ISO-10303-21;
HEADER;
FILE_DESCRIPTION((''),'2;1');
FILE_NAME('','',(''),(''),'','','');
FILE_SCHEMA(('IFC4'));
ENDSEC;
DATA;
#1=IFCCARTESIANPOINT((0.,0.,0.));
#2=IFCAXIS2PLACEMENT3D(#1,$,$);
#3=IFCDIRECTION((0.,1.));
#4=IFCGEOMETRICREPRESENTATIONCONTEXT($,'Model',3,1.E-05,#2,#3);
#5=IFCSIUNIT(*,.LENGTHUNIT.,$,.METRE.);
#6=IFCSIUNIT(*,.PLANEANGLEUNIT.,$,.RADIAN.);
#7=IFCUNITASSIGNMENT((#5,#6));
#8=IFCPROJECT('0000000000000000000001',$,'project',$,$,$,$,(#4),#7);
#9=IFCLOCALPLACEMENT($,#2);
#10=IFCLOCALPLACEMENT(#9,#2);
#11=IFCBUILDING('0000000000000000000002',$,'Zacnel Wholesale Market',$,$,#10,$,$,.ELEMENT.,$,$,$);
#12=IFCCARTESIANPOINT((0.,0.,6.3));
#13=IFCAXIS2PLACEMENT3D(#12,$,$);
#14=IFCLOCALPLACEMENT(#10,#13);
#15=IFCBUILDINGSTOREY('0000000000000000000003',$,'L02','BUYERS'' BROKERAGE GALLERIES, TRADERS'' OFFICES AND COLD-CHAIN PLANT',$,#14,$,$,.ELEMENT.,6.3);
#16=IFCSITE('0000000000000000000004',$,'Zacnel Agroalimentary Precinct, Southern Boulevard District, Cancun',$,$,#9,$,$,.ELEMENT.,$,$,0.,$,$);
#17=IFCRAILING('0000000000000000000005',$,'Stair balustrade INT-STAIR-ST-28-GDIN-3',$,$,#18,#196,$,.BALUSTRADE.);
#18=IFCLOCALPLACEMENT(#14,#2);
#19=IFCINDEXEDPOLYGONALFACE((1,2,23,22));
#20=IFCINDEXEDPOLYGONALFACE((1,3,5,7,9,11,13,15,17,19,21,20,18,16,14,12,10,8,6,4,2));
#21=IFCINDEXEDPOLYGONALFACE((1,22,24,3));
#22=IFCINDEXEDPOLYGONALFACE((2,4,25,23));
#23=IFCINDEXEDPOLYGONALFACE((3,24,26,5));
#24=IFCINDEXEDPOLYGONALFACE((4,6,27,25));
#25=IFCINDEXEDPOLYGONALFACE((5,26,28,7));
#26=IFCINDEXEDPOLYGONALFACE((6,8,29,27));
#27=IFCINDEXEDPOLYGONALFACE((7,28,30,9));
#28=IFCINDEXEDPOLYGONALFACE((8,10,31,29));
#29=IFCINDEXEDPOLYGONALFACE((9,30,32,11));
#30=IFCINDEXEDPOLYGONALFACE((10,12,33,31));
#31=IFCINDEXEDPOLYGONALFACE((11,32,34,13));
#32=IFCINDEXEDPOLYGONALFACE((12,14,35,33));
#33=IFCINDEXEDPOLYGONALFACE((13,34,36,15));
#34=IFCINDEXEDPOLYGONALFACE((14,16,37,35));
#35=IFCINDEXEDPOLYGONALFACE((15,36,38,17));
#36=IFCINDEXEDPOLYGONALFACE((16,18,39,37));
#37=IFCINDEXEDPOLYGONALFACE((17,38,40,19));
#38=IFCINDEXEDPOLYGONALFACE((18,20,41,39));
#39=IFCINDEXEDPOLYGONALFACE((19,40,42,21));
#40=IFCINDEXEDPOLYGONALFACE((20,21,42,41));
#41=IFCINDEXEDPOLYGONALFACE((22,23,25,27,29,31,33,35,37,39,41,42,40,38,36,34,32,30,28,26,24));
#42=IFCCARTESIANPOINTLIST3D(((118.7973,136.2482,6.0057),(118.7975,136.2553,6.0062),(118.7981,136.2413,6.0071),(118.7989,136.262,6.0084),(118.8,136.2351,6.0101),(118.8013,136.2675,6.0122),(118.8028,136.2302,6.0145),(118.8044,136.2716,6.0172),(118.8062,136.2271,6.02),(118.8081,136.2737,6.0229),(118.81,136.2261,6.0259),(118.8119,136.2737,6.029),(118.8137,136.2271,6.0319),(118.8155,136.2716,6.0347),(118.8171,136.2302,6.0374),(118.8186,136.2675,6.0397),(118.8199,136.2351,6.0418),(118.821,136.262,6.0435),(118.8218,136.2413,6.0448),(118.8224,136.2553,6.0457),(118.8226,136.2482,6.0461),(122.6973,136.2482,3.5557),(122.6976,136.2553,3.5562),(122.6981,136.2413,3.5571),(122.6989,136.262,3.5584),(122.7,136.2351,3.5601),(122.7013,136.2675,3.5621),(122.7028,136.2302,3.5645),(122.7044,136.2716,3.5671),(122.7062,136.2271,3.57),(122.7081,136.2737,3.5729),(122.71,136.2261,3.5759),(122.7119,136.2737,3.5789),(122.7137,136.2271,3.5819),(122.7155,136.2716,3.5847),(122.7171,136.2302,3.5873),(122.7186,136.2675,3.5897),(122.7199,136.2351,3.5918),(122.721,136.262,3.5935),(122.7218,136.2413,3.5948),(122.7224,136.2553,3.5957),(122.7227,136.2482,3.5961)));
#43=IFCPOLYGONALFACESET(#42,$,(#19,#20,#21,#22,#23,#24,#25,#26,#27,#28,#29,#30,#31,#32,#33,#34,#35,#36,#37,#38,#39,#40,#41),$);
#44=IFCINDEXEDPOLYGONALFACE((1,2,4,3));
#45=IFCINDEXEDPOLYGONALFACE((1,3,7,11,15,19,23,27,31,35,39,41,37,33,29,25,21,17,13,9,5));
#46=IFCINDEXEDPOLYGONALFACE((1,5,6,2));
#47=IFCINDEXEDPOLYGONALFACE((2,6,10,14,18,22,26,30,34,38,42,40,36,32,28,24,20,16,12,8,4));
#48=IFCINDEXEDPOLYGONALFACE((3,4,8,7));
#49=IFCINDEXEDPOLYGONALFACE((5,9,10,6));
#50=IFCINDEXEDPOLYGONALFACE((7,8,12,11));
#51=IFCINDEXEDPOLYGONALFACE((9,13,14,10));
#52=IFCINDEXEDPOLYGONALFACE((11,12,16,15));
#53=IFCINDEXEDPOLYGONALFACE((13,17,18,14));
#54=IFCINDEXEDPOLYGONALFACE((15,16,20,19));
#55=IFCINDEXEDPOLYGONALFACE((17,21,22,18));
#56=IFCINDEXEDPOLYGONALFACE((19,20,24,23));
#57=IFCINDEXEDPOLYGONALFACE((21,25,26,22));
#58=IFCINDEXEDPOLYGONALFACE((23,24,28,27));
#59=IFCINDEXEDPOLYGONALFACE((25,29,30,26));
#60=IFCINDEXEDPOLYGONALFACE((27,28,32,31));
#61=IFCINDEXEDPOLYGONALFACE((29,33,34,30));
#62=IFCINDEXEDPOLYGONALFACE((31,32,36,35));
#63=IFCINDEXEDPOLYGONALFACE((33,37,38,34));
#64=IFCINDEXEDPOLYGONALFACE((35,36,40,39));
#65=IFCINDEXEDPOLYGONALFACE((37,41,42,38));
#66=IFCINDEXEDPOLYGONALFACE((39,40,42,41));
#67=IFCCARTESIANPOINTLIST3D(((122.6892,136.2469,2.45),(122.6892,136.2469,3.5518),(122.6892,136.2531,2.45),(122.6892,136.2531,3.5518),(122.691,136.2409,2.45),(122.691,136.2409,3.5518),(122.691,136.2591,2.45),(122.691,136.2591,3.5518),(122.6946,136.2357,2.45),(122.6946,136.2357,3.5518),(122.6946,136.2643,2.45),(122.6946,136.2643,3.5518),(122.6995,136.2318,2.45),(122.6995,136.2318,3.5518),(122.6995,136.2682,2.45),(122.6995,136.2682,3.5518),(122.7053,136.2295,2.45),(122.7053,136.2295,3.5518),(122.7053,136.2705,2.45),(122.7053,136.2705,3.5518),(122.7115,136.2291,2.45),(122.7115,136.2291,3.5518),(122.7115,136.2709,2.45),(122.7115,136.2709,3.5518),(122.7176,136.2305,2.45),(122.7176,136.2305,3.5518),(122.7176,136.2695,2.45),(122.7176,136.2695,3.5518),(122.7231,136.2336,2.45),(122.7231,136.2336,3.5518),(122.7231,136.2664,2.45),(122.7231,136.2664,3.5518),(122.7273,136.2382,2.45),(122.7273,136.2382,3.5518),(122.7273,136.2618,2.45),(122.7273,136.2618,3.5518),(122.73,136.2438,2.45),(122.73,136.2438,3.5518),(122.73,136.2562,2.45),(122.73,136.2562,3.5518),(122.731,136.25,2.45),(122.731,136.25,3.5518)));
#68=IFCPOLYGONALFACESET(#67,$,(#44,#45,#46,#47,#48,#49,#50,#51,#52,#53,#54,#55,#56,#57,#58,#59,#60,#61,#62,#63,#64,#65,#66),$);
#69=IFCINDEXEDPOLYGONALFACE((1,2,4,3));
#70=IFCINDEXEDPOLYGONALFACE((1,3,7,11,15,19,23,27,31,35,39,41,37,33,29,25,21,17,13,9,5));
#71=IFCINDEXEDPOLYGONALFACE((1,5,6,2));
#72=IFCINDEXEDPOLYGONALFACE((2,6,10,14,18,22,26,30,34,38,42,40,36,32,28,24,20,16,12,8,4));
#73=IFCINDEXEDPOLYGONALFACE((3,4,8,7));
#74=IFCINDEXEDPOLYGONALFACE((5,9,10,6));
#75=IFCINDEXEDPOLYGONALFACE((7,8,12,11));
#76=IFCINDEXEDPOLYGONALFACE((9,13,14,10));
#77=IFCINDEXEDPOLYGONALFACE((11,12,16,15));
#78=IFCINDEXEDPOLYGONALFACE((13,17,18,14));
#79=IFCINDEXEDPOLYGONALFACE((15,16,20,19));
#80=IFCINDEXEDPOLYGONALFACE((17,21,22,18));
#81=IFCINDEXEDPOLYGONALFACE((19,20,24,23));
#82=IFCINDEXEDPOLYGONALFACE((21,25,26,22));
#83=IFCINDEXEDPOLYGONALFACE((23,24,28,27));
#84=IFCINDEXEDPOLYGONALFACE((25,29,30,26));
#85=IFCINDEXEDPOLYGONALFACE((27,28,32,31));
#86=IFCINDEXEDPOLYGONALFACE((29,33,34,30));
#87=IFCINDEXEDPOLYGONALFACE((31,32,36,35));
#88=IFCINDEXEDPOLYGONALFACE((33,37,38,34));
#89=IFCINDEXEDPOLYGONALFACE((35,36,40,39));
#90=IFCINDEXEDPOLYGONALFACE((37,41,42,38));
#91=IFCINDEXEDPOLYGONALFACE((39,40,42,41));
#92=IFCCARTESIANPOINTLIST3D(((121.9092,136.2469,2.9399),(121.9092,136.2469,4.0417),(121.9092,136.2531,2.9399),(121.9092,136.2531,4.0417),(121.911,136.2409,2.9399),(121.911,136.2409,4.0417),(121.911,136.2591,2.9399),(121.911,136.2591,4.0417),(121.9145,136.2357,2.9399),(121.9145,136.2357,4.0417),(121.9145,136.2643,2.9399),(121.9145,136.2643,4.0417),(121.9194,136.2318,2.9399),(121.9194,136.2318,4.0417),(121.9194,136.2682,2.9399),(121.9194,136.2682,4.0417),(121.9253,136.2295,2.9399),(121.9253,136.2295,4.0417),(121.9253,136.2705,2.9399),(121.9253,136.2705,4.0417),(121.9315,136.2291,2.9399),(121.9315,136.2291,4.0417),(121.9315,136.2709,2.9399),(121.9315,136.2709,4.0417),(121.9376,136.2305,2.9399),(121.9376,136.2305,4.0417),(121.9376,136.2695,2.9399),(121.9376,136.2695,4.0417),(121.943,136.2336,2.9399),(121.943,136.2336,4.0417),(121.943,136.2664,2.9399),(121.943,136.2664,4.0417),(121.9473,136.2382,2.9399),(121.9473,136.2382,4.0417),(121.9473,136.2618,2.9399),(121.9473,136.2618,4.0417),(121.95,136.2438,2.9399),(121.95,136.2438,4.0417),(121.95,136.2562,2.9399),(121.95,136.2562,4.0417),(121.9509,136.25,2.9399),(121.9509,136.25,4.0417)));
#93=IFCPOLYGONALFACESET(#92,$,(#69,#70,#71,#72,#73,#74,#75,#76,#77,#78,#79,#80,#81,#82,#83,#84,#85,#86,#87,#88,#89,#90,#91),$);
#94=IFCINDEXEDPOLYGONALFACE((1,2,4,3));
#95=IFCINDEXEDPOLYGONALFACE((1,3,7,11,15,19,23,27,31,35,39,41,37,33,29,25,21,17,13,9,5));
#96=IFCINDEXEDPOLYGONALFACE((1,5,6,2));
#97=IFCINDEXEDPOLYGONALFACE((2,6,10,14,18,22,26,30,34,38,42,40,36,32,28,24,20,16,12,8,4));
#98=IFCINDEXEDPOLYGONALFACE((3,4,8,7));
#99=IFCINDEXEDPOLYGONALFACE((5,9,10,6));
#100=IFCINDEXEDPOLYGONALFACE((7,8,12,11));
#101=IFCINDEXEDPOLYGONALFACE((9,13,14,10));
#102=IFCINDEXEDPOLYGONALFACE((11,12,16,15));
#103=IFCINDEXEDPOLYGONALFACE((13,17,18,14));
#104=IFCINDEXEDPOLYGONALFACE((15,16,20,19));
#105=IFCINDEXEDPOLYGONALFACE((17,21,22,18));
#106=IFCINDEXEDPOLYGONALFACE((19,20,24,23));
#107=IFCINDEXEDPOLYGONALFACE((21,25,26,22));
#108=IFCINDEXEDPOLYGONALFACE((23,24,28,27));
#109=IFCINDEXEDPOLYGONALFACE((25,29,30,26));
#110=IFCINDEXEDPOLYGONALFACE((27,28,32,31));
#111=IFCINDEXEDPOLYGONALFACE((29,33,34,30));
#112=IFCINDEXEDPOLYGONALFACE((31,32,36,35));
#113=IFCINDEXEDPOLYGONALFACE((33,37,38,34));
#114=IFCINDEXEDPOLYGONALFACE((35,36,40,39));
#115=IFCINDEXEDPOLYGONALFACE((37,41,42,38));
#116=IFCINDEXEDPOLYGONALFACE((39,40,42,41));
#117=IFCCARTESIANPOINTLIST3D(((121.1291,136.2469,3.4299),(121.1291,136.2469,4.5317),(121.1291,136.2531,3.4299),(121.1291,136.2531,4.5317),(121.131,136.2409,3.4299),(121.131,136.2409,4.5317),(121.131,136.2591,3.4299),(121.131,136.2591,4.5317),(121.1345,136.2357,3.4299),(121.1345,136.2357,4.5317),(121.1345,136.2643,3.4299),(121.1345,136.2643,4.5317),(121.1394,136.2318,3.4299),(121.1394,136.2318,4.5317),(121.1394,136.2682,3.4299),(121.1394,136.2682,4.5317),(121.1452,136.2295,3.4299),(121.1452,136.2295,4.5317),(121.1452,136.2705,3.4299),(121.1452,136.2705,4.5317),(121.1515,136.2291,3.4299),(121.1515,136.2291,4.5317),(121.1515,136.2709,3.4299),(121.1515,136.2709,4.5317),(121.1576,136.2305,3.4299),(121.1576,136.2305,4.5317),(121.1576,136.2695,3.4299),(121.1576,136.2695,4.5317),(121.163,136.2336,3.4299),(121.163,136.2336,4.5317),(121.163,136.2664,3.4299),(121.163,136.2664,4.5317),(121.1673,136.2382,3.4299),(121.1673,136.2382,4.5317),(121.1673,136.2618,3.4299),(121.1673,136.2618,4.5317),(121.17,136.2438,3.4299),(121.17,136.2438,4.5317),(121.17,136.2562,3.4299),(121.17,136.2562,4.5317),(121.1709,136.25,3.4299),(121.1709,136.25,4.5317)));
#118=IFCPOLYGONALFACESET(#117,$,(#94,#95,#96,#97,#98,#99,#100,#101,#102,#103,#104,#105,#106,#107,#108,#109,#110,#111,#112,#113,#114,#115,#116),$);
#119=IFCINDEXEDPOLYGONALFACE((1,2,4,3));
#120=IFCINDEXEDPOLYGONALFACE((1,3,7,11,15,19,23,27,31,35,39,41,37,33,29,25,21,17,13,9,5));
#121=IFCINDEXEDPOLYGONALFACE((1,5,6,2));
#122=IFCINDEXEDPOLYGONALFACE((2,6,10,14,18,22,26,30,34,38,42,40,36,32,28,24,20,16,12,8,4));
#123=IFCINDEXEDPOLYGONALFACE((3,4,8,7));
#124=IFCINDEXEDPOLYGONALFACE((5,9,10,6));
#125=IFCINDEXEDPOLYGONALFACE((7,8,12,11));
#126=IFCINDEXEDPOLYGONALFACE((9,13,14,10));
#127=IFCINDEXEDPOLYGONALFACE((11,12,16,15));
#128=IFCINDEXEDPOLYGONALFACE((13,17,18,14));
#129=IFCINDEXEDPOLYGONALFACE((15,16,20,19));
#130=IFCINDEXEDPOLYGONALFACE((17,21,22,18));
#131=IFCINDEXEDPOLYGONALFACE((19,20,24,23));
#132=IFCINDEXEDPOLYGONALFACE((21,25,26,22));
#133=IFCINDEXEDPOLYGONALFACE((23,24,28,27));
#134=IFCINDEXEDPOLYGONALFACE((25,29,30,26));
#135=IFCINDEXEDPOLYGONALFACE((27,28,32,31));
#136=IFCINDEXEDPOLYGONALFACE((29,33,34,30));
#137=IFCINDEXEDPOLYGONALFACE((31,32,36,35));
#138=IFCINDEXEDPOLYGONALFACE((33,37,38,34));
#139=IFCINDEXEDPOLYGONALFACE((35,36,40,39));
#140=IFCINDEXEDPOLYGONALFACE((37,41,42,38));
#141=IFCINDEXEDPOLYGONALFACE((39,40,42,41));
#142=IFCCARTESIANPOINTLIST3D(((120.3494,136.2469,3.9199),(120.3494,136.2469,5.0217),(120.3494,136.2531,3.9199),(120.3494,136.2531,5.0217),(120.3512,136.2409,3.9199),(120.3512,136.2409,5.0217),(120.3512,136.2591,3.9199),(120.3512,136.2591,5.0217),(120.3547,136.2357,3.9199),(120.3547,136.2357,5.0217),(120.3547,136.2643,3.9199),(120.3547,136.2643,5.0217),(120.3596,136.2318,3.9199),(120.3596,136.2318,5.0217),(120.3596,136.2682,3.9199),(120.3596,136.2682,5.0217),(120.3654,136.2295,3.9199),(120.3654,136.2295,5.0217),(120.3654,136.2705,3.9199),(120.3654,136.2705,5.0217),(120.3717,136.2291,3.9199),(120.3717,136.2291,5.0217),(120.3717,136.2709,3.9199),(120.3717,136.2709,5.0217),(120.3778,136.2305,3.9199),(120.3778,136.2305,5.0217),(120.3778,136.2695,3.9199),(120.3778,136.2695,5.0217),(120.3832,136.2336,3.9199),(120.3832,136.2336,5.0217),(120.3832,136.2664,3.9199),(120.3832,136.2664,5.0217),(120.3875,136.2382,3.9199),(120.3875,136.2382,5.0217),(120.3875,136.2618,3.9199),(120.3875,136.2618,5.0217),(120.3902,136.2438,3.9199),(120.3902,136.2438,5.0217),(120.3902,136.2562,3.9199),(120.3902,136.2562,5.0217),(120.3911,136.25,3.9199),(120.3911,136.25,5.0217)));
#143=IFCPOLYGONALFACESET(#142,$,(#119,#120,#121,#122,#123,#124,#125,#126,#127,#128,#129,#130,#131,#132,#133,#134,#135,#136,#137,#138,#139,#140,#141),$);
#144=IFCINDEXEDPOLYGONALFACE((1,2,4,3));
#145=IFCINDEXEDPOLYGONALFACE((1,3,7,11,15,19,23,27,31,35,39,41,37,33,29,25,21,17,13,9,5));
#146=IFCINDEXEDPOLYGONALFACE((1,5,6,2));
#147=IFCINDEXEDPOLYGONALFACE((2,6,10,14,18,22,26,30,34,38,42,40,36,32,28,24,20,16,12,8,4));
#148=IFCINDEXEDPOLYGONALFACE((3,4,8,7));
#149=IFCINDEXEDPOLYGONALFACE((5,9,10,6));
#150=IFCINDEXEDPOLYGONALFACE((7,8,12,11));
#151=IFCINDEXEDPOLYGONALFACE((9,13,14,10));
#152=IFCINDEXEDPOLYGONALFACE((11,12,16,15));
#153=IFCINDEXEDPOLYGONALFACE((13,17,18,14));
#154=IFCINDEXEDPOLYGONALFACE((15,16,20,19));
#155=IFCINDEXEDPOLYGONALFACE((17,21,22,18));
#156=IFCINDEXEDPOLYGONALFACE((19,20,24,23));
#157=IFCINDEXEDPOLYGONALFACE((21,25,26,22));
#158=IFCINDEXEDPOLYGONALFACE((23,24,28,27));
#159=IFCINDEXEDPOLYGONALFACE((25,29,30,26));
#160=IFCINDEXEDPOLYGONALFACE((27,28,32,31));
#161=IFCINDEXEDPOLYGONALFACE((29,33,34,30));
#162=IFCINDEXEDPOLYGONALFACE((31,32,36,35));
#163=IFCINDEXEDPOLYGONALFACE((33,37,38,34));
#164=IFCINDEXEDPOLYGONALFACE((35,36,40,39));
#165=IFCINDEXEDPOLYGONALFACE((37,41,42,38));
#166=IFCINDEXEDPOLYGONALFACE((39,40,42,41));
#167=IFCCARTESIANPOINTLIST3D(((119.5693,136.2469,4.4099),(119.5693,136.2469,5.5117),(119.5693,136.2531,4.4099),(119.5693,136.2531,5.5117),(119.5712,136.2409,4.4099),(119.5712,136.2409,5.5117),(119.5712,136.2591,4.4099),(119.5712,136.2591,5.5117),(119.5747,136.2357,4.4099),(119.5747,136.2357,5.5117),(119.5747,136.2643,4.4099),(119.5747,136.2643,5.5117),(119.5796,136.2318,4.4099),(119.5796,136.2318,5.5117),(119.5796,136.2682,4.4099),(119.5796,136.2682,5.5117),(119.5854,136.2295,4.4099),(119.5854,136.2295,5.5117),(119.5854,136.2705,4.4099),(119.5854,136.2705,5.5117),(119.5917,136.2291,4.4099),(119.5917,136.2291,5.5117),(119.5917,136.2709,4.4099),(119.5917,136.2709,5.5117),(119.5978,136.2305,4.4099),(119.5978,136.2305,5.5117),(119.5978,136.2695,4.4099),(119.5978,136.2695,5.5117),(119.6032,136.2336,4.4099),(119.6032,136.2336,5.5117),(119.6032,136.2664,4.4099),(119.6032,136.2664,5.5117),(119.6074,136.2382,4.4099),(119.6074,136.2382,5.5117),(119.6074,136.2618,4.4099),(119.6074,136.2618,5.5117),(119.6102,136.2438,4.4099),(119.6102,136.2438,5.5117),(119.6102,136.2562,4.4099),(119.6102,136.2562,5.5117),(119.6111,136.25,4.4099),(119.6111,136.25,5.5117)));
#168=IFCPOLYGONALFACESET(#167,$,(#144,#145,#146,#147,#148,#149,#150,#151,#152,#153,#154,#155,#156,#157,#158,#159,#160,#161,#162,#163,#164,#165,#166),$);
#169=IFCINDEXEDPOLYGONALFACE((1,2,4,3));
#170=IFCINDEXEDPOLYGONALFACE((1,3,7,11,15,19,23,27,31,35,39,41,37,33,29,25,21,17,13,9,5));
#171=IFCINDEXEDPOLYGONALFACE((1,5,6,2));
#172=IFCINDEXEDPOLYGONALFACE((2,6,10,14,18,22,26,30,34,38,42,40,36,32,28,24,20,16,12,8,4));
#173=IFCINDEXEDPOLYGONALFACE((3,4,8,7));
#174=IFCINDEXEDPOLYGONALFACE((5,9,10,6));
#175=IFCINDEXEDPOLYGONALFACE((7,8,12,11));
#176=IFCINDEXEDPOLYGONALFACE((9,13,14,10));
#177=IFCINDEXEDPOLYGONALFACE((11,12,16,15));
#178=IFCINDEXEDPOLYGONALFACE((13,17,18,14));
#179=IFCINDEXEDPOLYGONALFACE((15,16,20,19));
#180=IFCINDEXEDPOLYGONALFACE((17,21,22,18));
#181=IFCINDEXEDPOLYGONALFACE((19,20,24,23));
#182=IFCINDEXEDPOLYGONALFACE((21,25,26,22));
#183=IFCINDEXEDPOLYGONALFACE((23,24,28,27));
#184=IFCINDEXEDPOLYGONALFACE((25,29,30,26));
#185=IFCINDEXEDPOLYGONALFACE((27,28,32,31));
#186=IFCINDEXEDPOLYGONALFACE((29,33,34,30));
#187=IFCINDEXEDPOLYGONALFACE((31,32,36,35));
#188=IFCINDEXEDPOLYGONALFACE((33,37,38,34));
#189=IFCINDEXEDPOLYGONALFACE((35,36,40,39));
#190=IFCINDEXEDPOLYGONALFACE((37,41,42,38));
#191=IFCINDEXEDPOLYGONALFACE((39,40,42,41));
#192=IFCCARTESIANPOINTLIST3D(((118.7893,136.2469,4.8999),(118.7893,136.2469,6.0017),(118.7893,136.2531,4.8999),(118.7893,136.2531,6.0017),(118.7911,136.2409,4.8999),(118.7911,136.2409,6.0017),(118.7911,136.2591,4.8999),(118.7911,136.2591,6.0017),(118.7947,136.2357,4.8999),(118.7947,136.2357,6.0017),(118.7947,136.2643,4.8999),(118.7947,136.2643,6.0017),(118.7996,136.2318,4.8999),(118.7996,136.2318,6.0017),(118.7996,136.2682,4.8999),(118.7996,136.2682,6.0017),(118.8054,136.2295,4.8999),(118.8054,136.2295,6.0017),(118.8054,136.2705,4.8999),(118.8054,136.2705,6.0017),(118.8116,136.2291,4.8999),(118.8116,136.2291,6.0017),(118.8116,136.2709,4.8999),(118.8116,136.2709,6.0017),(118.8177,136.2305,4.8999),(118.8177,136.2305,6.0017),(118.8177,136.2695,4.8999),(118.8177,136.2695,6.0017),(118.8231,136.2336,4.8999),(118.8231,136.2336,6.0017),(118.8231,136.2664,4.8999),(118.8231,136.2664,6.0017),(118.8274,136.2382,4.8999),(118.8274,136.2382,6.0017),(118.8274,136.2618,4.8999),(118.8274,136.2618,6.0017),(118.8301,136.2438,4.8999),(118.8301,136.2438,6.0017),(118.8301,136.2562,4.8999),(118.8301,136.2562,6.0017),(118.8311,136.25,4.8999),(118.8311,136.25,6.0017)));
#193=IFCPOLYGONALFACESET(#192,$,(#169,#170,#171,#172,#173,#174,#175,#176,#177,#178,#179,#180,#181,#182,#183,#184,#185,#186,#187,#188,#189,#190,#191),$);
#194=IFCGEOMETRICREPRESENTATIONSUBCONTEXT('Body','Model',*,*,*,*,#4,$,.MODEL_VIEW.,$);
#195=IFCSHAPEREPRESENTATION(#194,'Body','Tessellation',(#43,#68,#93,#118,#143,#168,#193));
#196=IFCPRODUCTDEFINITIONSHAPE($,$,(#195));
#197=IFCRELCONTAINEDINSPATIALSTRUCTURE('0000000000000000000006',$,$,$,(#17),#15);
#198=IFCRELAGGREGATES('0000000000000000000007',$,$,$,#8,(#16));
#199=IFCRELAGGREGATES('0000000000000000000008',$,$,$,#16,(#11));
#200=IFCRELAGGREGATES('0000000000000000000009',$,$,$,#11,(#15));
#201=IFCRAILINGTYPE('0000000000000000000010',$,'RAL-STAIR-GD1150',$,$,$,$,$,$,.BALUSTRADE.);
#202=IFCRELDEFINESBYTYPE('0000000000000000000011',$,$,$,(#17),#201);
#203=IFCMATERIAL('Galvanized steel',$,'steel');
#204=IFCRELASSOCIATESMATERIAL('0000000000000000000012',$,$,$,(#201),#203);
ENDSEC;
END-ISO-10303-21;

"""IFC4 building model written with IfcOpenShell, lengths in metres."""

from ifc_helpers import new_model, si_unit, direction, frame, origin, origin_2d, place, context, subcontext, project, spatial, circle, extrude, material, type_object, element, save


model = new_model("IFC4")

# Units and contexts
model_context = context("Model", 3, precision=1e-05, world=origin(), true_north=direction((0.0, 1.0)))
body_context = subcontext(model_context, "Body", "Model", "MODEL_VIEW")
ifc_project = project(units=[si_unit("LENGTHUNIT", "METRE"), si_unit("PLANEANGLEUNIT", "RADIAN")], contexts=[model_context])

# Site, building, storey
site_placement = place(None, origin())
site = spatial("IfcSite", under=ifc_project, at=site_placement, Name="Zacnel Agroalimentary Precinct, Southern Boulevard District, Cancun", CompositionType="ELEMENT", RefElevation=0.0)
building_placement = place(site_placement, origin())
building = spatial("IfcBuilding", under=site, at=building_placement, Name="Zacnel Wholesale Market", CompositionType="ELEMENT")
storey_placement = place(building_placement, frame((0.0, 0.0, 6.3)))
storey = spatial("IfcBuildingStorey", under=building, at=storey_placement, Name="L02", Description="BUYERS' BROKERAGE GALLERIES, TRADERS' OFFICES AND COLD-CHAIN PLANT", CompositionType="ELEMENT", Elevation=6.3)

# Railing
ifc_material_1 = material(Name="Galvanized steel", Category="steel")
railing_type = type_object("IfcRailingType", Name="RAL-STAIR-GD1150", PredefinedType="BALUSTRADE", material=ifc_material_1)
railing_1_placement = place(storey_placement, frame((122.71, 136.25, 2.45)))
element("IfcRailing", 1, at=railing_1_placement, inside=storey, type_object=railing_type, Name="Stair balustrade INT-STAIR-ST-28-GDIN-3", PredefinedType="BALUSTRADE", context=body_context, shape_type="SweptSolid", body=[
    extrude(circle(Radius=0.0239, at=origin_2d()), frame((0.0, 0.0, 1.126), z_axis=(-0.846775, 0.0, 0.531951), x_axis=(0.0, -1.0, 0.0)), (0.0, 0.0, 1.0), 4.6057),
    extrude(circle(Radius=0.021, at=origin_2d()), origin(), (0.0, 0.0, 1.0), 1.1018),
    extrude(circle(Radius=0.021, at=origin_2d()), frame((-0.78, 0.0, 0.49)), (0.0, 0.0, 1.0), 1.1018),
    extrude(circle(Radius=0.021, at=origin_2d()), frame((-1.5601, 0.0, 0.98)), (0.0, 0.0, 1.0), 1.1018),
    extrude(circle(Radius=0.021, at=origin_2d()), frame((-2.3398, 0.0, 1.47)), (0.0, 0.0, 1.0), 1.1018),
    extrude(circle(Radius=0.021, at=origin_2d()), frame((-3.1199, 0.0, 1.96)), (0.0, 0.0, 1.0), 1.1018),
    extrude(circle(Radius=0.021, at=origin_2d()), frame((-3.8999, 0.0, 2.45)), (0.0, 0.0, 1.0), 1.1018),
])

save(model, "model.ifc")
